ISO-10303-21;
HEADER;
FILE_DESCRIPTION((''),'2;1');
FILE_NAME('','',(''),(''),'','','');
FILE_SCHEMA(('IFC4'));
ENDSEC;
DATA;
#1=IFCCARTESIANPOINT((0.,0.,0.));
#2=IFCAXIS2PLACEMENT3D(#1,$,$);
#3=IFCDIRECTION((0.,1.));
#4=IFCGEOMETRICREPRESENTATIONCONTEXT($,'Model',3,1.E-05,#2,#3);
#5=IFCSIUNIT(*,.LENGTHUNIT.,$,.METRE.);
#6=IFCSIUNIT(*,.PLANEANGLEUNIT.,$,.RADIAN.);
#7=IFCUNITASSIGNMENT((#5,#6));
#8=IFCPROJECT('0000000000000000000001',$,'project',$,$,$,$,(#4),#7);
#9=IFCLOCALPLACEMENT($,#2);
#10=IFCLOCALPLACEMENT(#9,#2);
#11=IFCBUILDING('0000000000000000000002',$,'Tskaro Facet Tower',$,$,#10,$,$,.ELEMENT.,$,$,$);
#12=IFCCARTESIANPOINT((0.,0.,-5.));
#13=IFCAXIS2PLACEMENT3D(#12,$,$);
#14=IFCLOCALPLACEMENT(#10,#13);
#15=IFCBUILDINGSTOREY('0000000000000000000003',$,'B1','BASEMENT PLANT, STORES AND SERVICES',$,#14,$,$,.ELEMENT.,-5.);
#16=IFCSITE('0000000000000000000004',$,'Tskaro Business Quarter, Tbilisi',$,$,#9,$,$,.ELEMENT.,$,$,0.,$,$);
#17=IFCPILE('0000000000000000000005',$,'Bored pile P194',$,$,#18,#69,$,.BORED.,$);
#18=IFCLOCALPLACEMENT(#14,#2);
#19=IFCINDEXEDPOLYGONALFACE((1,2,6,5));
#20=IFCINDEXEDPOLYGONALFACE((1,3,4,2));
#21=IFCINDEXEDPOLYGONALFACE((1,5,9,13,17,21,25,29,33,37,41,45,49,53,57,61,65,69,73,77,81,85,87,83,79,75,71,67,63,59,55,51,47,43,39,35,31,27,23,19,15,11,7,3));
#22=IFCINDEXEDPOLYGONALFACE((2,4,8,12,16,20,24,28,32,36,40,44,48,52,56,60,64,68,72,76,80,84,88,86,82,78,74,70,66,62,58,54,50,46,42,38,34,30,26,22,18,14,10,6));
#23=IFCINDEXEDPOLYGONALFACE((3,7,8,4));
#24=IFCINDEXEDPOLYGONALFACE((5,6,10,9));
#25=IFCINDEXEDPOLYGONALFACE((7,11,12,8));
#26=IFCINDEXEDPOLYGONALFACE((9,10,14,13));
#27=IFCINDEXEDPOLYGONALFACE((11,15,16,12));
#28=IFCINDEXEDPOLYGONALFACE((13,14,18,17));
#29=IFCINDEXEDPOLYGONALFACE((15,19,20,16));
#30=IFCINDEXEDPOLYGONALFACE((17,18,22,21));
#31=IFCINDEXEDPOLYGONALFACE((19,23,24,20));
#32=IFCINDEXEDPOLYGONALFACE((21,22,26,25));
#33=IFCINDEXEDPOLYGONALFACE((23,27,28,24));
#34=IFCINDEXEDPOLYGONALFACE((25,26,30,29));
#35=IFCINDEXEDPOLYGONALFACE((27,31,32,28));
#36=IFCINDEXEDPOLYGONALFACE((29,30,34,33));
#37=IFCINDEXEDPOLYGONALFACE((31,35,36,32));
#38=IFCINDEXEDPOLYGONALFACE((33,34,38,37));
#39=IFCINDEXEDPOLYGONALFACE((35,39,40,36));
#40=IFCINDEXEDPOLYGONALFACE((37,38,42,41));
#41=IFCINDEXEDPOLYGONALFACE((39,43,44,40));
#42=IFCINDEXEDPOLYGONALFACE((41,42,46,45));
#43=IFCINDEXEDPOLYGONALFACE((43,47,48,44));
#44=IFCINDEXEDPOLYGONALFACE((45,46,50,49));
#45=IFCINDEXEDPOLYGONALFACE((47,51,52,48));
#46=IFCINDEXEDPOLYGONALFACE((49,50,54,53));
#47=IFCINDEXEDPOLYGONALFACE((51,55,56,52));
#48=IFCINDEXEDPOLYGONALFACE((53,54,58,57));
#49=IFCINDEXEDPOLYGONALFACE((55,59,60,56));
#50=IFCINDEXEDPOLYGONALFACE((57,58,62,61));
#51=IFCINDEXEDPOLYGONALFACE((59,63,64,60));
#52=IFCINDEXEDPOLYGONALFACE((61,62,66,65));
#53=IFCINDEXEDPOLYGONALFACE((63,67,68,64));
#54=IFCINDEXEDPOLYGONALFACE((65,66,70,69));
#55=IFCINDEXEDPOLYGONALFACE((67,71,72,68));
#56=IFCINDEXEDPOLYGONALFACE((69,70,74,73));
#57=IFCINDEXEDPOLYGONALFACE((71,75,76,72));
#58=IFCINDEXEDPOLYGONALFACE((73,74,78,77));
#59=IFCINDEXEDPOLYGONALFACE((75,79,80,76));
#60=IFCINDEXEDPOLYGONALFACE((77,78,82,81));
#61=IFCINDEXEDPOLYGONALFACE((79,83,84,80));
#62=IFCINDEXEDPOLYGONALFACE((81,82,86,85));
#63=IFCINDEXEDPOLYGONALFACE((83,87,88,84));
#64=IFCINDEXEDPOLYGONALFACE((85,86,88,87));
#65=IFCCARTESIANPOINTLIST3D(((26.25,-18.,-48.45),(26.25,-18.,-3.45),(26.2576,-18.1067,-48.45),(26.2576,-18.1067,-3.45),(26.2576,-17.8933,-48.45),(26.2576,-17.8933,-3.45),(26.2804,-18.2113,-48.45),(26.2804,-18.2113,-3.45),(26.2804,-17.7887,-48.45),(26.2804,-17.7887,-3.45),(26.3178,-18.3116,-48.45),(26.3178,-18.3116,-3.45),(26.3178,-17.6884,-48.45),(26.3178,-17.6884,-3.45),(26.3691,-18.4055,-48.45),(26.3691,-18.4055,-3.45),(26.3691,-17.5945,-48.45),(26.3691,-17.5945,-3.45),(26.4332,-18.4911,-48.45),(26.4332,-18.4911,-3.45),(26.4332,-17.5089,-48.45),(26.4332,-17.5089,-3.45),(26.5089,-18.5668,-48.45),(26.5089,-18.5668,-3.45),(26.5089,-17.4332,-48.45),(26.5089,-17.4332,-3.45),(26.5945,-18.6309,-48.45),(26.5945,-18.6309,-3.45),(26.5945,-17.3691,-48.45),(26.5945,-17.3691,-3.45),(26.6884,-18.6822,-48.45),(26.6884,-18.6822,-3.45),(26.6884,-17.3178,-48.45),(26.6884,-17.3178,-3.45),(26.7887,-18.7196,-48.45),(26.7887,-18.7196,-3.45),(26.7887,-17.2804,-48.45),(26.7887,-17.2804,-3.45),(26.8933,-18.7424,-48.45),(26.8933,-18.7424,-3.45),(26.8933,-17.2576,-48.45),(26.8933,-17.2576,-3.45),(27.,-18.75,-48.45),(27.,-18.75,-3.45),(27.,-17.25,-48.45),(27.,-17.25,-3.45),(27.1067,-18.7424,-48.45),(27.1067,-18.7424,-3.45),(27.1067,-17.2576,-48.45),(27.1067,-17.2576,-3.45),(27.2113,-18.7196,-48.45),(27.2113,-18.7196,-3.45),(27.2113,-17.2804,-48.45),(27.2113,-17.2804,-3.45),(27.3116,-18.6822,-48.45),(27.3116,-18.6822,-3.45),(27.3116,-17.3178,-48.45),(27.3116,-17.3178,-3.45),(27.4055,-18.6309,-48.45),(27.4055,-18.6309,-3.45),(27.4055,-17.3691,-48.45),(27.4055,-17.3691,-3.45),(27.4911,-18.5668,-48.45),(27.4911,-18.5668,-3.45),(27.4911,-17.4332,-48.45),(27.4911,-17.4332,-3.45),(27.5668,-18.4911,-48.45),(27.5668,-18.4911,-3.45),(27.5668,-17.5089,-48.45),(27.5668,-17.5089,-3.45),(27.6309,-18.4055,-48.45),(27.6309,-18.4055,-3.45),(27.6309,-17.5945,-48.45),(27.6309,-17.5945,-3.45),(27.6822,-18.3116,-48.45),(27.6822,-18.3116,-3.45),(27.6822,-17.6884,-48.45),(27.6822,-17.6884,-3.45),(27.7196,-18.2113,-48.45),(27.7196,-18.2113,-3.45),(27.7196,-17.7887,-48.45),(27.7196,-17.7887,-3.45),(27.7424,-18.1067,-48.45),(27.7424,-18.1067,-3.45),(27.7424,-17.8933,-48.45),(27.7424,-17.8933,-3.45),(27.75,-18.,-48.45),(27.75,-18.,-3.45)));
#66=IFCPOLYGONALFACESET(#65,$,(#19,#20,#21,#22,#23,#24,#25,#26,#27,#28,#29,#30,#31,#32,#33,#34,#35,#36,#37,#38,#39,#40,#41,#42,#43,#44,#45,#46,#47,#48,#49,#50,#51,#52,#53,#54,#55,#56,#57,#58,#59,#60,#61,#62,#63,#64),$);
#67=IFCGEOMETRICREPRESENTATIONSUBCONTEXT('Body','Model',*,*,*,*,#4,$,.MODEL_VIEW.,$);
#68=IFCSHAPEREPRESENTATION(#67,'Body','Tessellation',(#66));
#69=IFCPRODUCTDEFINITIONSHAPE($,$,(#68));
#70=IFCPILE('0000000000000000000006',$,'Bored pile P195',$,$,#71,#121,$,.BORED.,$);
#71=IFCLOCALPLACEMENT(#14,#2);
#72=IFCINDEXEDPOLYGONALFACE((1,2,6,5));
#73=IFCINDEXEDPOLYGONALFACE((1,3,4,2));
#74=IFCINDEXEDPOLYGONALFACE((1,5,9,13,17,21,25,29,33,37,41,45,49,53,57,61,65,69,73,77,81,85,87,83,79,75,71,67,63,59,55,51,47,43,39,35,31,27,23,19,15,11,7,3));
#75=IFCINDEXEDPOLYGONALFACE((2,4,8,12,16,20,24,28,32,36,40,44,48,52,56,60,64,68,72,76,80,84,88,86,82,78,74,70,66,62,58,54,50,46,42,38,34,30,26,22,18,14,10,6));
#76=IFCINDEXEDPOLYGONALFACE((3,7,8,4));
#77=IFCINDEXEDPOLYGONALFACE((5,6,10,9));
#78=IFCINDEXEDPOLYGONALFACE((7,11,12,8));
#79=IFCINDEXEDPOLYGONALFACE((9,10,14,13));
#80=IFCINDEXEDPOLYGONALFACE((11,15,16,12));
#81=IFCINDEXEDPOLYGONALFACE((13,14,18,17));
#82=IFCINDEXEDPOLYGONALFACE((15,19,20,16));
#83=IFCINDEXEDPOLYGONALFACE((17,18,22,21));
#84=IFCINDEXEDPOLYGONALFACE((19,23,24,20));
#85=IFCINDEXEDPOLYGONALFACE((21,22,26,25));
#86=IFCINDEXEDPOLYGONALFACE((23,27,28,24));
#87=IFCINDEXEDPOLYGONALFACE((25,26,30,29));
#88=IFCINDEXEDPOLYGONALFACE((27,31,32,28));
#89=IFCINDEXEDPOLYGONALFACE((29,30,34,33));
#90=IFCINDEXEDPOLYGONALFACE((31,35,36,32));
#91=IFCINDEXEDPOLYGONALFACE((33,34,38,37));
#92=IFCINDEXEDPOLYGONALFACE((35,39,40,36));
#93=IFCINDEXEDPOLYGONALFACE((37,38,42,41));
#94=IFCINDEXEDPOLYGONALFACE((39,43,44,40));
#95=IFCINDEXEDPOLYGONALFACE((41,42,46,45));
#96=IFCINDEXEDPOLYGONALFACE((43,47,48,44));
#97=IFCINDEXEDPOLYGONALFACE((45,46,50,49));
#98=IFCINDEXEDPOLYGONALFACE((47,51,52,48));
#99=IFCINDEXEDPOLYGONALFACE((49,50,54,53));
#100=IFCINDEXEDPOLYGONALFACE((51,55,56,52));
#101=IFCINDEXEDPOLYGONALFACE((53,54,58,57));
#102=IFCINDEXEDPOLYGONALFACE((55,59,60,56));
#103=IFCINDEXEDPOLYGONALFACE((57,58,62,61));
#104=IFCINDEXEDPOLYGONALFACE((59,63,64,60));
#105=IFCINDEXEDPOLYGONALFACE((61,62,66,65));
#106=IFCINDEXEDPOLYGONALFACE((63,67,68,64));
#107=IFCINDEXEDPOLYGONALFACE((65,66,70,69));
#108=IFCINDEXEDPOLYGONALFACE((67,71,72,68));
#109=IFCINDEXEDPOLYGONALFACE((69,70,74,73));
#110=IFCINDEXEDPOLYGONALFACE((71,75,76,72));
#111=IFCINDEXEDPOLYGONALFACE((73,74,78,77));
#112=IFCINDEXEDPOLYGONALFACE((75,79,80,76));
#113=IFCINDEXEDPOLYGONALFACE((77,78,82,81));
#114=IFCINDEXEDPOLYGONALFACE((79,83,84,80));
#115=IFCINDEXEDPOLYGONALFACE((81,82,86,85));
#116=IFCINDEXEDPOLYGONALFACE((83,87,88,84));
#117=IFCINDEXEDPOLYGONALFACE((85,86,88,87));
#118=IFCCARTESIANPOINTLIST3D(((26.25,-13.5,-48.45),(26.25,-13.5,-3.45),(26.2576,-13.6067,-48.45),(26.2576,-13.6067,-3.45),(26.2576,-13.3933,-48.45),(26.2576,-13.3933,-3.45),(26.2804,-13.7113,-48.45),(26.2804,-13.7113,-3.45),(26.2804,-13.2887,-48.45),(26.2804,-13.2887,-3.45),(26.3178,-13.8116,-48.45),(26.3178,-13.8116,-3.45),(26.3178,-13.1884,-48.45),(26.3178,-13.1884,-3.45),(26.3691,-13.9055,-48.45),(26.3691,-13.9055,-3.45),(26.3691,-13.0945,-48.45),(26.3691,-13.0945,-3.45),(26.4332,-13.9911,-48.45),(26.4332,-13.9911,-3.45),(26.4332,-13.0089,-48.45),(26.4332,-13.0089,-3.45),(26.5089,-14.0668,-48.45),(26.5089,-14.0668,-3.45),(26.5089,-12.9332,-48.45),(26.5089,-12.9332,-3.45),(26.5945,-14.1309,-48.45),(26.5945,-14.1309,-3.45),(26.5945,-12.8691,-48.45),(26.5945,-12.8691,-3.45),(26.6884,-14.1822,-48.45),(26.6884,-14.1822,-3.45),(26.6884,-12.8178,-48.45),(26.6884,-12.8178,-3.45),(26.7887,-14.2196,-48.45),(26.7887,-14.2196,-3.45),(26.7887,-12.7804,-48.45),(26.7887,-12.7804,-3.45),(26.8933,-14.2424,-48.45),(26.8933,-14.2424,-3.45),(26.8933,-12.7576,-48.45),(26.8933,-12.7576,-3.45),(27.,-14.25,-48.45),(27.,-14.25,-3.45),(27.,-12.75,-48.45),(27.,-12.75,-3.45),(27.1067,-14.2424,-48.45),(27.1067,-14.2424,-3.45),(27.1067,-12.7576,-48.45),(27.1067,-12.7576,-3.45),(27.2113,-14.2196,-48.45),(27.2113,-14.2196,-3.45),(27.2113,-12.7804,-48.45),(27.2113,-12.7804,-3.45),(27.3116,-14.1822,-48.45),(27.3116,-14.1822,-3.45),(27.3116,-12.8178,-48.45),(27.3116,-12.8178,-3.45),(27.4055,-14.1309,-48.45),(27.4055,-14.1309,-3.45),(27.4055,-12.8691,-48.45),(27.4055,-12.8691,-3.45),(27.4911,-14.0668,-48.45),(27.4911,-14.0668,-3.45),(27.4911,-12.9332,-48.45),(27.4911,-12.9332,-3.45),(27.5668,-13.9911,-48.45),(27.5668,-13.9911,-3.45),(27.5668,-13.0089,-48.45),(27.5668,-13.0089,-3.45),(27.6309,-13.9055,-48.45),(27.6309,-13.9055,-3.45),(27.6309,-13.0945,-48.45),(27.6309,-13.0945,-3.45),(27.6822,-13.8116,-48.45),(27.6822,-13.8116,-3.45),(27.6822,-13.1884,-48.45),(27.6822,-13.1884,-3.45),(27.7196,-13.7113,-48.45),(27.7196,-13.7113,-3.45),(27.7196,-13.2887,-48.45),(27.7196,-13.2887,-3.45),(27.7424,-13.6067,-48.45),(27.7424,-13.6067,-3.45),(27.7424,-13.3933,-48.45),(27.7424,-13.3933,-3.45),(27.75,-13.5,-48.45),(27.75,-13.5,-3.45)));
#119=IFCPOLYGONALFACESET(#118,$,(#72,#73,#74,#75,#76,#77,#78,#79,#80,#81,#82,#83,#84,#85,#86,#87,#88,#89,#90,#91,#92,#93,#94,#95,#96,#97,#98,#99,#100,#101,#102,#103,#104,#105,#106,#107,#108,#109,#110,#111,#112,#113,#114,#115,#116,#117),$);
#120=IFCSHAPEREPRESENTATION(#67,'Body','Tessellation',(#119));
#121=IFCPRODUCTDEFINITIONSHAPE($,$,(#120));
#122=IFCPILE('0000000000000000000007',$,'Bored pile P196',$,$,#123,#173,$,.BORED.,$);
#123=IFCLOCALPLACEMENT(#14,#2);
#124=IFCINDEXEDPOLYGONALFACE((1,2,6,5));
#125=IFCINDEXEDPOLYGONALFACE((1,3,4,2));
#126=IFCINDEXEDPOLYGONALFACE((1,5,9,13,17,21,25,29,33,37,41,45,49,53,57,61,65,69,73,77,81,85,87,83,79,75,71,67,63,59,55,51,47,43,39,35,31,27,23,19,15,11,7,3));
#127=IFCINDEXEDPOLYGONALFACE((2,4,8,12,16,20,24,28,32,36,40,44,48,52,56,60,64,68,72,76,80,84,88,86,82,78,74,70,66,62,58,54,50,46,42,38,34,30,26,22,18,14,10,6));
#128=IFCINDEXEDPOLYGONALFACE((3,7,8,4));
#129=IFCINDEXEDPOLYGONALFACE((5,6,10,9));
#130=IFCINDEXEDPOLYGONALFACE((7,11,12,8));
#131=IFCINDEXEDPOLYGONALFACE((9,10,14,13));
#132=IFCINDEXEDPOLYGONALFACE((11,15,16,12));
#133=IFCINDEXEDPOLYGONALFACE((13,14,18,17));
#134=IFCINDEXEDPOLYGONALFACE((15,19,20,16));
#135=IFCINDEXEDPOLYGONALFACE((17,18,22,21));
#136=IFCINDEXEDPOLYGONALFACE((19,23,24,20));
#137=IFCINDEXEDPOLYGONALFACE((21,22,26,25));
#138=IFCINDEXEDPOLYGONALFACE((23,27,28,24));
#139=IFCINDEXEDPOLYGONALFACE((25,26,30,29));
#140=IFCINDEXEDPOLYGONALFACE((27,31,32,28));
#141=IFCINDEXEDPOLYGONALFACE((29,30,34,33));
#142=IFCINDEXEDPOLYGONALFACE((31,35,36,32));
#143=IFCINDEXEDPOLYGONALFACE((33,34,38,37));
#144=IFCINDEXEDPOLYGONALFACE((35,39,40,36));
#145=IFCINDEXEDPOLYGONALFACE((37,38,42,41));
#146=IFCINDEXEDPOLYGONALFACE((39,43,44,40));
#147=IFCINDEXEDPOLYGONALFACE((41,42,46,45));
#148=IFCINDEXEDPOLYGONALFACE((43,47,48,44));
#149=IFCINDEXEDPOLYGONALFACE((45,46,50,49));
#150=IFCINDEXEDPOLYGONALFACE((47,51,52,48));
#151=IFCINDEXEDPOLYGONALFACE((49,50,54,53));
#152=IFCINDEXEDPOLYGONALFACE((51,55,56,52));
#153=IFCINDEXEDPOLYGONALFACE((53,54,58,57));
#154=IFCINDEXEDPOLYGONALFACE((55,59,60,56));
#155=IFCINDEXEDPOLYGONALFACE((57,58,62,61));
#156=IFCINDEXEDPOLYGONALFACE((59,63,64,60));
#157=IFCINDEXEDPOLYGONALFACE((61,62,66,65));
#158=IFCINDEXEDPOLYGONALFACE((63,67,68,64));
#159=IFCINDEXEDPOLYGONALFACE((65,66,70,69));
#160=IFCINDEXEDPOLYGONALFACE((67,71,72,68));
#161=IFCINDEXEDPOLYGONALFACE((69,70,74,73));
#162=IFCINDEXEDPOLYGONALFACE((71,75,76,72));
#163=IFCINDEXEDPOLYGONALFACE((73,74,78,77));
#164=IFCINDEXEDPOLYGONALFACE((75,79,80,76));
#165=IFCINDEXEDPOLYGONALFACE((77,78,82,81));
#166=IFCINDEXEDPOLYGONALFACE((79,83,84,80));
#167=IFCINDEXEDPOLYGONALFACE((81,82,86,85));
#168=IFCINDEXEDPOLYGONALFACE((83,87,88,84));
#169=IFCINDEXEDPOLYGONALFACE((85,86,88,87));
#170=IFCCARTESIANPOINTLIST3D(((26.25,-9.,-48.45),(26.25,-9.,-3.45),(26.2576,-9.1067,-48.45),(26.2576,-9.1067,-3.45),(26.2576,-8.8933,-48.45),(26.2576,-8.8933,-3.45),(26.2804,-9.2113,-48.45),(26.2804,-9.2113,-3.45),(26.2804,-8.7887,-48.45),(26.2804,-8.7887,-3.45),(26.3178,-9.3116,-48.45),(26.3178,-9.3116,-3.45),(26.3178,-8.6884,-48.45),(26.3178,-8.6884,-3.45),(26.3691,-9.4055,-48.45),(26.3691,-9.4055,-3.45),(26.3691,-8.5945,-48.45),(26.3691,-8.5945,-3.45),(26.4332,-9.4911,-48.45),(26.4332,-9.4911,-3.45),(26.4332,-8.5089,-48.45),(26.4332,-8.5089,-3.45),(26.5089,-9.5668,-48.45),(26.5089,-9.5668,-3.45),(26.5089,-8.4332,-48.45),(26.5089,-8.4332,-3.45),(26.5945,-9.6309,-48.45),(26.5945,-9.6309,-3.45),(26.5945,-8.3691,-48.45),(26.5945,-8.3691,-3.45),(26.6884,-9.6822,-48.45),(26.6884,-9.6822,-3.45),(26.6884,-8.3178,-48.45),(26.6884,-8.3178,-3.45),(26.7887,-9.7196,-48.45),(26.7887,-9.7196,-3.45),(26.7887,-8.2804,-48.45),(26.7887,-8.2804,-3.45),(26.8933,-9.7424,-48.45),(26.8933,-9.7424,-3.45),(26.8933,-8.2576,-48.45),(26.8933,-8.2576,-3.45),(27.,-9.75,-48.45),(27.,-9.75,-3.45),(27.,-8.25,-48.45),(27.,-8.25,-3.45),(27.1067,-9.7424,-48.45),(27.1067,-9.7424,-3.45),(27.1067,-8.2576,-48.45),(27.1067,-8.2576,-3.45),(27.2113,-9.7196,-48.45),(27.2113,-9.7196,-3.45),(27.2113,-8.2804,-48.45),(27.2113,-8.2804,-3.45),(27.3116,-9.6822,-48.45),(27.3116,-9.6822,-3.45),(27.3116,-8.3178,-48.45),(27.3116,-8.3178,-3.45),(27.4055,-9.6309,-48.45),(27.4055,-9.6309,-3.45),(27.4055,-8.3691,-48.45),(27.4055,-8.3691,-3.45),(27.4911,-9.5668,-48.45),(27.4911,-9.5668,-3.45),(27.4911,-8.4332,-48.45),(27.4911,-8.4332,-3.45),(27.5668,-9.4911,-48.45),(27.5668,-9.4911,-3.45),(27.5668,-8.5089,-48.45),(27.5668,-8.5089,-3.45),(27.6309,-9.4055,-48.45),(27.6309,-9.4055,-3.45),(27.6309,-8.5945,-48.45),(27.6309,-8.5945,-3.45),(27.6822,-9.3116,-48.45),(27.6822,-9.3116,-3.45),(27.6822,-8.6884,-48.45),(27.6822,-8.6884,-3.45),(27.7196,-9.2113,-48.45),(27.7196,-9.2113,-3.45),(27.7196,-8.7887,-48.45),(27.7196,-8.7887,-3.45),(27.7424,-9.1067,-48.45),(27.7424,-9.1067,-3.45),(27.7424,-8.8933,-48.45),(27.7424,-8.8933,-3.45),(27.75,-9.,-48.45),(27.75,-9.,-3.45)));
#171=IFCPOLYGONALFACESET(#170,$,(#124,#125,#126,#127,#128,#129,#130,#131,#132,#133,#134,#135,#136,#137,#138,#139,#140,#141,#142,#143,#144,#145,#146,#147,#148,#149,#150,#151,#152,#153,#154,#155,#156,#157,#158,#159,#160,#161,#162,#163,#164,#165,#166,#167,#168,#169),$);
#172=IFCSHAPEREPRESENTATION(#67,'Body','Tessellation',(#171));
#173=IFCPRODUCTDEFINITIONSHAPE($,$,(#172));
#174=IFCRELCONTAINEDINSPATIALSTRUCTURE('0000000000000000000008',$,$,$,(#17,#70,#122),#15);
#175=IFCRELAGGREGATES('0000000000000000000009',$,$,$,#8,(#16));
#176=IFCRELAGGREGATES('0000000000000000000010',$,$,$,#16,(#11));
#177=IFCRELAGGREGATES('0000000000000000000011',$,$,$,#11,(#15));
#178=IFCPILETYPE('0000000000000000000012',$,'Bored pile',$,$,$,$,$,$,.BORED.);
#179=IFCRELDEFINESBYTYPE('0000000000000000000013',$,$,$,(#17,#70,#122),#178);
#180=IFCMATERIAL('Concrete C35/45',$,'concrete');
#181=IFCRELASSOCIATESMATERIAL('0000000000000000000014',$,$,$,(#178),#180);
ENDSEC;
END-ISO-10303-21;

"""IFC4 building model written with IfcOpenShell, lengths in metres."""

from ifc_helpers import new_model, si_unit, direction, frame, origin, origin_2d, place, context, subcontext, project, spatial, circle, extrude, material, material_profile, profile_set, type_object, element, save


model = new_model("IFC4")

# Units and contexts
model_context = context("Model", 3, precision=1e-05, world=origin(), true_north=direction((0.0, 1.0)))
body_context = subcontext(model_context, "Body", "Model", "MODEL_VIEW")
ifc_project = project(units=[si_unit("LENGTHUNIT", "METRE"), si_unit("PLANEANGLEUNIT", "RADIAN")], contexts=[model_context])

# Site, building, storey
site_placement = place(None, origin())
site = spatial("IfcSite", under=ifc_project, at=site_placement, Name="Tskaro Business Quarter, Tbilisi", CompositionType="ELEMENT", RefElevation=0.0)
building_placement = place(site_placement, origin())
building = spatial("IfcBuilding", under=site, at=building_placement, Name="Tskaro Facet Tower", CompositionType="ELEMENT")
storey_placement = place(building_placement, frame((0.0, 0.0, -5.0)))
storey = spatial("IfcBuildingStorey", under=building, at=storey_placement, Name="B1", Description="BASEMENT PLANT, STORES AND SERVICES", CompositionType="ELEMENT", Elevation=-5.0)

# Piles
ifc_material_1 = material(Name="Concrete C35/45", Category="concrete")
ifc_material_profile_1 = material_profile(ifc_material_1, circle(Radius=0.75, at=origin_2d()), Name="Bored pile")
ifc_profile_set_1 = profile_set([ifc_material_profile_1], Name="Concrete C35/45")
pile_type = type_object("IfcPileType", Name="Bored pile", PredefinedType="BORED", material=ifc_profile_set_1)
for number, where, z_axis, x_axis, name in (
    (1, (27.0, -18.0, -3.45), (0.0, 0.0, -1.0), (1.0, 0.0, 0.0), "Bored pile P194"),
    (2, (27.0, -13.5, -3.45), (0.0, 0.0, -1.0), (1.0, 0.0, 0.0), "Bored pile P195"),
    (3, (27.0, -9.0, -3.45), (0.0, 0.0, -1.0), (1.0, 0.0, 0.0), "Bored pile P196"),
):
    element("IfcPile", number, at=place(storey_placement, frame(where, z_axis=z_axis, x_axis=x_axis)), inside=storey, type_object=pile_type, Name=name, PredefinedType="BORED", context=body_context, shape_type="SweptSolid", body=[
        extrude(circle(Radius=0.75, at=origin_2d()), origin(), (0.0, 0.0, 1.0), 45.0),
    ])

save(model, "model.ifc")
